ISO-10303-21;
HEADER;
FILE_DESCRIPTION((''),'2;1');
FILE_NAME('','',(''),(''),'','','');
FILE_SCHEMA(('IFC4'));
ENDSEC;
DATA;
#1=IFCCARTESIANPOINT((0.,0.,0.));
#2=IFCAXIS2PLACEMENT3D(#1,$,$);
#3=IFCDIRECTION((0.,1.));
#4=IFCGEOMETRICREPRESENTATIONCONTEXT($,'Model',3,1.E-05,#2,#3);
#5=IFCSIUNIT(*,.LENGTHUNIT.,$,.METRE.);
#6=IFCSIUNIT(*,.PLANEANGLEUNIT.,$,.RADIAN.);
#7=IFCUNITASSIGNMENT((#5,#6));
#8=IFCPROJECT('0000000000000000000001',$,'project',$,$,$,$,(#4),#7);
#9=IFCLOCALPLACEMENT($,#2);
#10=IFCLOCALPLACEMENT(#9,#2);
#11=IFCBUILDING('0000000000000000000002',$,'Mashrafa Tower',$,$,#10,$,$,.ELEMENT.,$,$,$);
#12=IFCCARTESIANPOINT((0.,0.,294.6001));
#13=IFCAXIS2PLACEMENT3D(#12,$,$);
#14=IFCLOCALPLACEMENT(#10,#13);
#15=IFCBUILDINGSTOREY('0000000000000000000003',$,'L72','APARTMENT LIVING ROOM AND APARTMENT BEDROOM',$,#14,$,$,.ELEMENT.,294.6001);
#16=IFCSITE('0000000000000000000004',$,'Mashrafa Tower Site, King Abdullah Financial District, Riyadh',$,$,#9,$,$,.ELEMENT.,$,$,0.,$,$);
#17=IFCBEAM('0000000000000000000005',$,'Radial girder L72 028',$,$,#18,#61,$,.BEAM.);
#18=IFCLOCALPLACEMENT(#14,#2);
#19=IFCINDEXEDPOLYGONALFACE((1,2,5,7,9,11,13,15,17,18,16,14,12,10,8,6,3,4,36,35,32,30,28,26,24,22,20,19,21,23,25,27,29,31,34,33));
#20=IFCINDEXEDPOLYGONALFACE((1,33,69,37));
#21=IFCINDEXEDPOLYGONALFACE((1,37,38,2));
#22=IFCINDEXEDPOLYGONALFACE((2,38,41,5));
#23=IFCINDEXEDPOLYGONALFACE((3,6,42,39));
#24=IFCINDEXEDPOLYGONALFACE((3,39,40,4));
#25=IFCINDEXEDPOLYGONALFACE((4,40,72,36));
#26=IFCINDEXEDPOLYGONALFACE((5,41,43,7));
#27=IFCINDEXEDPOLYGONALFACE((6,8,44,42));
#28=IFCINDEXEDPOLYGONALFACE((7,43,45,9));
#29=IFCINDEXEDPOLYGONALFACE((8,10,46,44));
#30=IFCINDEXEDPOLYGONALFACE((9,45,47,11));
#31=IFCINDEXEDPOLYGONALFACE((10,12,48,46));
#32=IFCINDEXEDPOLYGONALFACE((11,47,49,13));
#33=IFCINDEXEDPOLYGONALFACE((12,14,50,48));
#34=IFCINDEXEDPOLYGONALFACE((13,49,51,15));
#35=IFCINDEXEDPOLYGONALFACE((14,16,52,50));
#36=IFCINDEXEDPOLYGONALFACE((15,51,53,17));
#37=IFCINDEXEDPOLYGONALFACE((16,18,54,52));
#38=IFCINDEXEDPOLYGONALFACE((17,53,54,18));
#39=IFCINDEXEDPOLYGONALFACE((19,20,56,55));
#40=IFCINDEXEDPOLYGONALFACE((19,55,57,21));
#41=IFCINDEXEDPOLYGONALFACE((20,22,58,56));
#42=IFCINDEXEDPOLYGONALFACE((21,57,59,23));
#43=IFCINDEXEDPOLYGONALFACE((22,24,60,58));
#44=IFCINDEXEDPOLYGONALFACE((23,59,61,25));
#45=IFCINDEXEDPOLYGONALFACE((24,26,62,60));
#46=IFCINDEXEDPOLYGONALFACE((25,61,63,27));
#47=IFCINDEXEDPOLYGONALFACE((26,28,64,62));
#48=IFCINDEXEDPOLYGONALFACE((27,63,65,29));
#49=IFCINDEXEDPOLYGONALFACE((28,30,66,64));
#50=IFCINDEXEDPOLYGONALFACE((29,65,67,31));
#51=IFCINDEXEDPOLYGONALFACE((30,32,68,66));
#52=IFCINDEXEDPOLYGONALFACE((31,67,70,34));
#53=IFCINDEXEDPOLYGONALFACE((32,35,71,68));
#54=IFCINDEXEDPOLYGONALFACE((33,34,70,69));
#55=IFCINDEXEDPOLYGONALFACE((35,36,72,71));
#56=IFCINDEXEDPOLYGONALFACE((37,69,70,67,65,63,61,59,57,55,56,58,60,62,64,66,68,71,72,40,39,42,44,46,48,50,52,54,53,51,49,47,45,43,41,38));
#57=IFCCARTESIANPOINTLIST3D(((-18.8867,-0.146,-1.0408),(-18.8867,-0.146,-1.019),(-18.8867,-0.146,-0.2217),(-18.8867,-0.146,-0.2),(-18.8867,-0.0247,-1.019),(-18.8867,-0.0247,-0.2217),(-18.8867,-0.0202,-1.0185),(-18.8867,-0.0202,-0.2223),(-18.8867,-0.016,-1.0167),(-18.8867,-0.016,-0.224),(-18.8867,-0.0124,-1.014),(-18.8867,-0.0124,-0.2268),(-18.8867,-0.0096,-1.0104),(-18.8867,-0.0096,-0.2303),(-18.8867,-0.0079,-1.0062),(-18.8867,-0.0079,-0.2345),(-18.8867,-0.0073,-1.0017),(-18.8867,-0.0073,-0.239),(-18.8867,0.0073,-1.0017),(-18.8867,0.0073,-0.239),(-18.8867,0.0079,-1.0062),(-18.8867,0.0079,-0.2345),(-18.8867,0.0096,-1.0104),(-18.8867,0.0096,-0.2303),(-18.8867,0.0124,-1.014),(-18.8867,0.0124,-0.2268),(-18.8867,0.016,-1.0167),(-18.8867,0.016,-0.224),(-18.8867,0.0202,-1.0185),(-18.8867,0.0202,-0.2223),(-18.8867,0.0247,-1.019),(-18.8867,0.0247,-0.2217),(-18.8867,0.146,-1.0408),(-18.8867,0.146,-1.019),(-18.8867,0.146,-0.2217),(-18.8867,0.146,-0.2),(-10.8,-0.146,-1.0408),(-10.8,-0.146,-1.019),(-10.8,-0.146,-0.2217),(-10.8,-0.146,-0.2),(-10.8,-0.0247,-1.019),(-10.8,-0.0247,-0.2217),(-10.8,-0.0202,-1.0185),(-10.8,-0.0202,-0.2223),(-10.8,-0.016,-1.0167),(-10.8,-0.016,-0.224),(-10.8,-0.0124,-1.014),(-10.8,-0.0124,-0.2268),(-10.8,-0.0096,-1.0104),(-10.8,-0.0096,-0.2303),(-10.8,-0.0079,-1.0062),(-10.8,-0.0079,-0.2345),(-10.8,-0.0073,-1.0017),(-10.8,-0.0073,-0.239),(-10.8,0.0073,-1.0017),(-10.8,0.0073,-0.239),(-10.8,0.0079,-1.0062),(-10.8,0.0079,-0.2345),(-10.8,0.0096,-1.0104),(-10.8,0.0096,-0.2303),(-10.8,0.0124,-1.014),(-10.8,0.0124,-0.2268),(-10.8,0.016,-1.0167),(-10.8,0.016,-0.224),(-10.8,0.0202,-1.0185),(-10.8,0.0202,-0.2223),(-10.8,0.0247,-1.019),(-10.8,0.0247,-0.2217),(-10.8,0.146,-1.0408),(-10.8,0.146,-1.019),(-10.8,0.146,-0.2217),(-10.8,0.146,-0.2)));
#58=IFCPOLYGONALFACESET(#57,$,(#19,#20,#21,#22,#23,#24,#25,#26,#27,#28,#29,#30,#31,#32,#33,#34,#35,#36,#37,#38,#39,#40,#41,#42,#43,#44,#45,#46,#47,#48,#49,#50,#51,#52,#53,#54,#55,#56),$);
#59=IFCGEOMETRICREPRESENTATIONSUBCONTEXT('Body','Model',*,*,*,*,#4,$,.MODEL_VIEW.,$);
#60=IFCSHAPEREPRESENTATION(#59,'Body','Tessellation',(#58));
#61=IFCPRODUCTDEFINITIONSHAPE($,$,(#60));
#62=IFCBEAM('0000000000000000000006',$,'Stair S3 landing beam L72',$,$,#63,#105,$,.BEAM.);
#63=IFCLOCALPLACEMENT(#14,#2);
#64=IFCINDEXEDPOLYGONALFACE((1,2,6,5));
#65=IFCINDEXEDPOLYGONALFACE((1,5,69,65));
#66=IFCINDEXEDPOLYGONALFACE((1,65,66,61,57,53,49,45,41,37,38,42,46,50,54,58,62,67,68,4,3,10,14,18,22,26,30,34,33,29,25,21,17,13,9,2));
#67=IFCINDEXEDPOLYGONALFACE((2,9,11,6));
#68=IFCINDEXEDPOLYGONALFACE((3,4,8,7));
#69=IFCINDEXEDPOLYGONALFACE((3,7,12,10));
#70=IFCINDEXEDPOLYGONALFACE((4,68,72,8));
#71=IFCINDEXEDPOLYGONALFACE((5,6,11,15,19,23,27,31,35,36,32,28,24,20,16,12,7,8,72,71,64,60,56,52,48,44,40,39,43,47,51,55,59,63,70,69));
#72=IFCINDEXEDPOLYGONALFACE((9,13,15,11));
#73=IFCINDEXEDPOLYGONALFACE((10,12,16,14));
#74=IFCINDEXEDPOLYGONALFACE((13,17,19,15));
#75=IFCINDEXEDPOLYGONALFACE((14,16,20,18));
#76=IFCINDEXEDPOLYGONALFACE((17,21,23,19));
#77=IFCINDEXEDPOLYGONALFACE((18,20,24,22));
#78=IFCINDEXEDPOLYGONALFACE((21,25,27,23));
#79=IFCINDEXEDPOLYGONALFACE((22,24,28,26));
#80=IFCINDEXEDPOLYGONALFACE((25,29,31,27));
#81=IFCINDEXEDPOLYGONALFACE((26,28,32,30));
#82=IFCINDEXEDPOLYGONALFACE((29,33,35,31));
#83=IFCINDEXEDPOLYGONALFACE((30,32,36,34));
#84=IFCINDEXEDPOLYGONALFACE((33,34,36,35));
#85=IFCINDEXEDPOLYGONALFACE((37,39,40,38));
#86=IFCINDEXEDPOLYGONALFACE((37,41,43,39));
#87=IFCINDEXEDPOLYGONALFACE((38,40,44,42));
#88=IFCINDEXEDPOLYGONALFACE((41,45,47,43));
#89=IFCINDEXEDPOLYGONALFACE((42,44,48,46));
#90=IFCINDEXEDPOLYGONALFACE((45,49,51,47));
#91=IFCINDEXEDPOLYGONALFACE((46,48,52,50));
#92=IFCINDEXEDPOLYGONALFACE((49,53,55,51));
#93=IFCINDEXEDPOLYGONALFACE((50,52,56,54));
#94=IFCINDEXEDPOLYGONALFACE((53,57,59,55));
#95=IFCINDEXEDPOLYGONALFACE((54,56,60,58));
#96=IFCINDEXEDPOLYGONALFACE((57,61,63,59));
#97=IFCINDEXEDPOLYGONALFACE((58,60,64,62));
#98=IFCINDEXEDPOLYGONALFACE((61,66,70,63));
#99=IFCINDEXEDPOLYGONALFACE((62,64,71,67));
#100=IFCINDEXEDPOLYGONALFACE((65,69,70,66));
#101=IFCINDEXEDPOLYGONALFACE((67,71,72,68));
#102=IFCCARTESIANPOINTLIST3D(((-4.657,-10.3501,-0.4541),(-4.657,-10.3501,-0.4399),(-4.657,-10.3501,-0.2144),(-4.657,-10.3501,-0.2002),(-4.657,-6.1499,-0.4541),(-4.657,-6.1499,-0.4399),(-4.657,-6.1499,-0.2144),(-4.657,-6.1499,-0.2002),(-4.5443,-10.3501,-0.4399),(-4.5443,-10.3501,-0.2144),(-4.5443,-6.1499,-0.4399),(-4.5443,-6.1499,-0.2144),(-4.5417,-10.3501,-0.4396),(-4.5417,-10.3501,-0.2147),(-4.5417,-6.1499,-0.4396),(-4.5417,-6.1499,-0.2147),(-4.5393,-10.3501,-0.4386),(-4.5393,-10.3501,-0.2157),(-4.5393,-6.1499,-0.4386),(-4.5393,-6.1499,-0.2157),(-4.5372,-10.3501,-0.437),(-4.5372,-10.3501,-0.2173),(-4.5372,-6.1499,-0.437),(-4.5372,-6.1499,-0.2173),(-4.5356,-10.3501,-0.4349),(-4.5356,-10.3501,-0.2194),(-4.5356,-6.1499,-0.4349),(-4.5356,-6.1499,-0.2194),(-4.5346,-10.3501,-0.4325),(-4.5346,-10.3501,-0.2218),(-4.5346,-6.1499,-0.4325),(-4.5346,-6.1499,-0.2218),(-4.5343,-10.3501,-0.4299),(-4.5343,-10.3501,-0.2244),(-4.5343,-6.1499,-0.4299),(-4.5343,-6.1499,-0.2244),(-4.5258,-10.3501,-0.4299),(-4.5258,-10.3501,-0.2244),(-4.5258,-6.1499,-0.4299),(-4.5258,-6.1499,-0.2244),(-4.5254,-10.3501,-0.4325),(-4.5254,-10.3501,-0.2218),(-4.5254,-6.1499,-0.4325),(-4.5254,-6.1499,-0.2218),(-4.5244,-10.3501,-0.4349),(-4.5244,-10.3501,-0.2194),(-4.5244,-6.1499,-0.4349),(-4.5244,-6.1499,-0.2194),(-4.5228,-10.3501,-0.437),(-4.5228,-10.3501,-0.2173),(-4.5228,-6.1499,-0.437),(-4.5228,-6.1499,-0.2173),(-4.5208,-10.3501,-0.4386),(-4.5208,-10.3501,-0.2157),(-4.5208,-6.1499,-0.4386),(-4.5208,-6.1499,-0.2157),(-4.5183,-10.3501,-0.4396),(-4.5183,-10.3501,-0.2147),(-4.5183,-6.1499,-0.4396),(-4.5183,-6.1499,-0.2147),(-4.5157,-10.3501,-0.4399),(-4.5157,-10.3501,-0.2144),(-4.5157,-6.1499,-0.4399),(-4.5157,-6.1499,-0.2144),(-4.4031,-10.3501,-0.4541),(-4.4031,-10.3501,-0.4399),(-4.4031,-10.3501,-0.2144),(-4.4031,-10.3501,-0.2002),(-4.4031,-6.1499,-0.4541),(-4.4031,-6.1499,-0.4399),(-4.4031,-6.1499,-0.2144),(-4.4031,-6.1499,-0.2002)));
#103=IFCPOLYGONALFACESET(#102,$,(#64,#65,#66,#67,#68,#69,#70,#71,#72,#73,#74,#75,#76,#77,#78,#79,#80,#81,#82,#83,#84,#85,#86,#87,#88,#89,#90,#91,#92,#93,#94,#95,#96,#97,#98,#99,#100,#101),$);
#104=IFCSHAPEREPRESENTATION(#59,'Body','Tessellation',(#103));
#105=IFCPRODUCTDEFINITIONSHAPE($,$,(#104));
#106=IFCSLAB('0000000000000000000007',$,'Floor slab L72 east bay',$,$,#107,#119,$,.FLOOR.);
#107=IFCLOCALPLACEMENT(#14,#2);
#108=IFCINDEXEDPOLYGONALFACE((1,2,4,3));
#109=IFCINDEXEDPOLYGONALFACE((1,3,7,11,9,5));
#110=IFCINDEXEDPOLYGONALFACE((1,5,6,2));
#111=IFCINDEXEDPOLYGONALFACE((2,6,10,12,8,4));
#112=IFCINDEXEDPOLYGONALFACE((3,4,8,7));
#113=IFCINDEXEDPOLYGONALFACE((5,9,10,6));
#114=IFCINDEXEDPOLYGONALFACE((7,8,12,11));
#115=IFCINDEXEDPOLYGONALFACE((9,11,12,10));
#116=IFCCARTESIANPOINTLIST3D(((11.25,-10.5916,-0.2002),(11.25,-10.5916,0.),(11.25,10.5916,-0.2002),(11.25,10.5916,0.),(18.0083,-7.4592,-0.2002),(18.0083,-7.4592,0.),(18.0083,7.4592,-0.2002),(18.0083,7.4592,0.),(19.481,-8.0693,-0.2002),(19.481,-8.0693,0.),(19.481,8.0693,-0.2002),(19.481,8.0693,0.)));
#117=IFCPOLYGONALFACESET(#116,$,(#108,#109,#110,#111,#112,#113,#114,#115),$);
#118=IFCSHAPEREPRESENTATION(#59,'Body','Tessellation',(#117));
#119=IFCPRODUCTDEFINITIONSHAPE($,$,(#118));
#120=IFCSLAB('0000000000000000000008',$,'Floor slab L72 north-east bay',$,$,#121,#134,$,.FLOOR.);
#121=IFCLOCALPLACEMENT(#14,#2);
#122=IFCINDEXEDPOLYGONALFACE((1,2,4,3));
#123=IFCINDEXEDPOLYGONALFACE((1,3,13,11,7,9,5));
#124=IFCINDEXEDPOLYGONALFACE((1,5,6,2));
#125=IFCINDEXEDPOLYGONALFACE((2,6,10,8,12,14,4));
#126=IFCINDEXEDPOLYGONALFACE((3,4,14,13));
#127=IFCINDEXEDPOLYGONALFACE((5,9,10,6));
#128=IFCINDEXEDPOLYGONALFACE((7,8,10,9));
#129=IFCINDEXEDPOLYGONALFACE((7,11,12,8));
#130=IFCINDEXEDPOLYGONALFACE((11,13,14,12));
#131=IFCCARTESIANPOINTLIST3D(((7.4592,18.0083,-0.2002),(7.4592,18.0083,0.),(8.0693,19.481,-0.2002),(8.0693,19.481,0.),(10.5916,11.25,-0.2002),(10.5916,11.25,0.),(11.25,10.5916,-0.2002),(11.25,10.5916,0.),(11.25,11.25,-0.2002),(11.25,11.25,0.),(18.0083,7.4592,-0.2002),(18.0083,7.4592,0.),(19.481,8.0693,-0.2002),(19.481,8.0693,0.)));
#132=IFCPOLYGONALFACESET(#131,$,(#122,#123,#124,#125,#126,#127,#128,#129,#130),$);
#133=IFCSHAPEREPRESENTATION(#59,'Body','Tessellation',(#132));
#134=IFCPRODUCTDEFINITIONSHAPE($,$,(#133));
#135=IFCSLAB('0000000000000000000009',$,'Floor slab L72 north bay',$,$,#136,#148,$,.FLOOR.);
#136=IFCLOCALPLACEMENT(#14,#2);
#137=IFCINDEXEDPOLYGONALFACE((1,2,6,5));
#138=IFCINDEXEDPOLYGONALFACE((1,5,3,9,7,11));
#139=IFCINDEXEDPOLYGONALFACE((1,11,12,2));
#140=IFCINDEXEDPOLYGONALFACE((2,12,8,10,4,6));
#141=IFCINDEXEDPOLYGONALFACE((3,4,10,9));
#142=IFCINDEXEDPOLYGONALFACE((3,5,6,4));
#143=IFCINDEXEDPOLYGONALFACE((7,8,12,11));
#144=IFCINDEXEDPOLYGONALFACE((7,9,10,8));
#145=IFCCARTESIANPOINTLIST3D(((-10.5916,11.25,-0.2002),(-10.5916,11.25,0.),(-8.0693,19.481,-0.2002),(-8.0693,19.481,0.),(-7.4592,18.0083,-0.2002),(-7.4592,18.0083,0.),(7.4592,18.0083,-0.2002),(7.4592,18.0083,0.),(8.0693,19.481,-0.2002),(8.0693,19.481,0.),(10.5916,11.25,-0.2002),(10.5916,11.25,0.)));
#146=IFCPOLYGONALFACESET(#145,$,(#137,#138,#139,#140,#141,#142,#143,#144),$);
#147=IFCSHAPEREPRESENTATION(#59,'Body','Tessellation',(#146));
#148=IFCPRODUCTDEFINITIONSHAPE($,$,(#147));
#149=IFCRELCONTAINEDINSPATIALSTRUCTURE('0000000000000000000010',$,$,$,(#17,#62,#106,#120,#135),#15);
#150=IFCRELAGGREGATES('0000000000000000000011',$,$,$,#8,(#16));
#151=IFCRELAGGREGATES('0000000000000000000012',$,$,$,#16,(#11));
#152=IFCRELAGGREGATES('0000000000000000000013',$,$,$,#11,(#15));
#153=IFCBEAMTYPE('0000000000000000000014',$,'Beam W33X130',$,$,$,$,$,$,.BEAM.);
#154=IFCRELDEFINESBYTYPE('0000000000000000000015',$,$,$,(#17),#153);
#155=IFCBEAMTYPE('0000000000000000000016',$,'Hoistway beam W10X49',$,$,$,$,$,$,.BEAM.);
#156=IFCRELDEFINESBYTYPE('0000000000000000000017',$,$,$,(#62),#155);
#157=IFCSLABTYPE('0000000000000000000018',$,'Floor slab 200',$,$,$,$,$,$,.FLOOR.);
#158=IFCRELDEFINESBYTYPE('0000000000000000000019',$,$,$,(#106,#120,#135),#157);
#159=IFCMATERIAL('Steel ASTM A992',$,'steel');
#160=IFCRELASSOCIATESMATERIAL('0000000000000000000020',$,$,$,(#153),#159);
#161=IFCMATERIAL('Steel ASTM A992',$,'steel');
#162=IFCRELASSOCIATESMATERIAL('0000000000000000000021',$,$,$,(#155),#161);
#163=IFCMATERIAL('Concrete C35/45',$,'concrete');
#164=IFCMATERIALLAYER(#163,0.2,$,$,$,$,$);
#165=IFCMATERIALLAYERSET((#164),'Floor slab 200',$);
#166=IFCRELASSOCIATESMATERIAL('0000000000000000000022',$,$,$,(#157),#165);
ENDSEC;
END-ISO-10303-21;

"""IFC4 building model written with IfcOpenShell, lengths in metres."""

from ifc_helpers import new_model, si_unit, direction, frame, origin, origin_2d, place, context, subcontext, project, spatial, polyline, i_section, outline, extrude, material, layer, layer_set, material_profile, profile_set, type_object, element, save


model = new_model("IFC4")

# Units and contexts
model_context = context("Model", 3, precision=1e-05, world=origin(), true_north=direction((0.0, 1.0)))
body_context = subcontext(model_context, "Body", "Model", "MODEL_VIEW")
ifc_project = project(units=[si_unit("LENGTHUNIT", "METRE"), si_unit("PLANEANGLEUNIT", "RADIAN")], contexts=[model_context])

# Site, building, storey
site_placement = place(None, origin())
site = spatial("IfcSite", under=ifc_project, at=site_placement, Name="Mashrafa Tower Site, King Abdullah Financial District, Riyadh", CompositionType="ELEMENT", RefElevation=0.0)
building_placement = place(site_placement, origin())
building = spatial("IfcBuilding", under=site, at=building_placement, Name="Mashrafa Tower", CompositionType="ELEMENT")
storey_placement = place(building_placement, frame((0.0, 0.0, 294.6001)))
storey = spatial("IfcBuildingStorey", under=building, at=storey_placement, Name="L72", Description="APARTMENT LIVING ROOM AND APARTMENT BEDROOM", CompositionType="ELEMENT", Elevation=294.6001)

# Beams
ifc_material_1 = material(Name="Steel ASTM A992", Category="steel")
ifc_material_profile_1 = material_profile(ifc_material_1, i_section(OverallWidth=0.292, OverallDepth=0.8408, WebThickness=0.0146, FlangeThickness=0.0217, FilletRadius=0.0173, at=origin_2d()), Name="W33X130")
ifc_profile_set_1 = profile_set([ifc_material_profile_1], Name="Steel ASTM A992")
beam_type_1 = type_object("IfcBeamType", Name="Beam W33X130", PredefinedType="BEAM", material=ifc_profile_set_1)
beam_1_placement = place(storey_placement, frame((-10.8, 0.0, -0.6204), z_axis=(-1.0, 0.0, 0.0), x_axis=(0.0, -1.0, 0.0)))
element("IfcBeam", 1, at=beam_1_placement, inside=storey, type_object=beam_type_1, Name="Radial girder L72 028", PredefinedType="BEAM", context=body_context, shape_type="SweptSolid", body=[
    extrude(i_section(OverallWidth=0.292, OverallDepth=0.8408, WebThickness=0.0146, FlangeThickness=0.0217, FilletRadius=0.0173, at=origin_2d()), origin(), (0.0, 0.0, 1.0), 8.0867),
])
ifc_material_2 = material(Name="Steel ASTM A992", Category="steel")
ifc_material_profile_2 = material_profile(ifc_material_2, i_section(OverallWidth=0.2539, OverallDepth=0.2539, WebThickness=0.0085, FlangeThickness=0.0142, FilletRadius=0.01, at=origin_2d()), Name="W10X49")
ifc_profile_set_2 = profile_set([ifc_material_profile_2], Name="Steel ASTM A992")
beam_type_2 = type_object("IfcBeamType", Name="Hoistway beam W10X49", PredefinedType="BEAM", material=ifc_profile_set_2)
beam_2_placement = place(storey_placement, frame((-4.53, -10.3501, -0.3271), z_axis=(0.0, 1.0, 0.0), x_axis=(-1.0, 0.0, 0.0)))
element("IfcBeam", 2, at=beam_2_placement, inside=storey, type_object=beam_type_2, Name="Stair S3 landing beam L72", PredefinedType="BEAM", context=body_context, shape_type="SweptSolid", body=[
    extrude(i_section(OverallWidth=0.2539, OverallDepth=0.2539, WebThickness=0.0085, FlangeThickness=0.0142, FilletRadius=0.01, at=origin_2d()), origin(), (0.0, 0.0, 1.0), 4.2002),
])

# Slabs
ifc_material_3 = material(Name="Concrete C35/45", Category="concrete")
ifc_layer_1 = layer(ifc_material_3, 0.2)
ifc_layer_set_1 = layer_set([ifc_layer_1], Name="Floor slab 200")
slab_type = type_object("IfcSlabType", Name="Floor slab 200", PredefinedType="FLOOR", material=ifc_layer_set_1)
slab_1_placement = place(storey_placement, frame((0.0, 0.0, -0.2002)))
element("IfcSlab", 3, at=slab_1_placement, inside=storey, type_object=slab_type, Name="Floor slab L72 east bay", PredefinedType="FLOOR", context=body_context, shape_type="SweptSolid", body=[
    extrude(outline(polyline([(19.481, -8.0693), (18.0083, -7.4592), (11.25, -10.5916), (11.25, 10.5916), (18.0083, 7.4592), (19.481, 8.0693), (19.481, -8.0693)])), origin(), (0.0, 0.0, 1.0), 0.2002),
])
slab_2_placement = place(storey_placement, frame((0.0, 0.0, -0.2002)))
element("IfcSlab", 4, at=slab_2_placement, inside=storey, type_object=slab_type, Name="Floor slab L72 north-east bay", PredefinedType="FLOOR", context=body_context, shape_type="SweptSolid", body=[
    extrude(outline(polyline([(8.0693, 19.481), (19.481, 8.0693), (19.481, 8.0693), (18.0083, 7.4592), (11.25, 10.5916), (11.25, 11.25), (10.5916, 11.25), (7.4592, 18.0083), (8.0693, 19.481), (8.0693, 19.481)])), origin(), (0.0, 0.0, 1.0), 0.2002),
])
slab_3_placement = place(storey_placement, frame((0.0, 0.0, -0.2002)))
element("IfcSlab", 5, at=slab_3_placement, inside=storey, type_object=slab_type, Name="Floor slab L72 north bay", PredefinedType="FLOOR", context=body_context, shape_type="SweptSolid", body=[
    extrude(outline(polyline([(8.0693, 19.481), (7.4592, 18.0083), (10.5916, 11.25), (-10.5916, 11.25), (-7.4592, 18.0083), (-8.0693, 19.481), (8.0693, 19.481)])), origin(), (0.0, 0.0, 1.0), 0.2002),
])

save(model, "model.ifc")
